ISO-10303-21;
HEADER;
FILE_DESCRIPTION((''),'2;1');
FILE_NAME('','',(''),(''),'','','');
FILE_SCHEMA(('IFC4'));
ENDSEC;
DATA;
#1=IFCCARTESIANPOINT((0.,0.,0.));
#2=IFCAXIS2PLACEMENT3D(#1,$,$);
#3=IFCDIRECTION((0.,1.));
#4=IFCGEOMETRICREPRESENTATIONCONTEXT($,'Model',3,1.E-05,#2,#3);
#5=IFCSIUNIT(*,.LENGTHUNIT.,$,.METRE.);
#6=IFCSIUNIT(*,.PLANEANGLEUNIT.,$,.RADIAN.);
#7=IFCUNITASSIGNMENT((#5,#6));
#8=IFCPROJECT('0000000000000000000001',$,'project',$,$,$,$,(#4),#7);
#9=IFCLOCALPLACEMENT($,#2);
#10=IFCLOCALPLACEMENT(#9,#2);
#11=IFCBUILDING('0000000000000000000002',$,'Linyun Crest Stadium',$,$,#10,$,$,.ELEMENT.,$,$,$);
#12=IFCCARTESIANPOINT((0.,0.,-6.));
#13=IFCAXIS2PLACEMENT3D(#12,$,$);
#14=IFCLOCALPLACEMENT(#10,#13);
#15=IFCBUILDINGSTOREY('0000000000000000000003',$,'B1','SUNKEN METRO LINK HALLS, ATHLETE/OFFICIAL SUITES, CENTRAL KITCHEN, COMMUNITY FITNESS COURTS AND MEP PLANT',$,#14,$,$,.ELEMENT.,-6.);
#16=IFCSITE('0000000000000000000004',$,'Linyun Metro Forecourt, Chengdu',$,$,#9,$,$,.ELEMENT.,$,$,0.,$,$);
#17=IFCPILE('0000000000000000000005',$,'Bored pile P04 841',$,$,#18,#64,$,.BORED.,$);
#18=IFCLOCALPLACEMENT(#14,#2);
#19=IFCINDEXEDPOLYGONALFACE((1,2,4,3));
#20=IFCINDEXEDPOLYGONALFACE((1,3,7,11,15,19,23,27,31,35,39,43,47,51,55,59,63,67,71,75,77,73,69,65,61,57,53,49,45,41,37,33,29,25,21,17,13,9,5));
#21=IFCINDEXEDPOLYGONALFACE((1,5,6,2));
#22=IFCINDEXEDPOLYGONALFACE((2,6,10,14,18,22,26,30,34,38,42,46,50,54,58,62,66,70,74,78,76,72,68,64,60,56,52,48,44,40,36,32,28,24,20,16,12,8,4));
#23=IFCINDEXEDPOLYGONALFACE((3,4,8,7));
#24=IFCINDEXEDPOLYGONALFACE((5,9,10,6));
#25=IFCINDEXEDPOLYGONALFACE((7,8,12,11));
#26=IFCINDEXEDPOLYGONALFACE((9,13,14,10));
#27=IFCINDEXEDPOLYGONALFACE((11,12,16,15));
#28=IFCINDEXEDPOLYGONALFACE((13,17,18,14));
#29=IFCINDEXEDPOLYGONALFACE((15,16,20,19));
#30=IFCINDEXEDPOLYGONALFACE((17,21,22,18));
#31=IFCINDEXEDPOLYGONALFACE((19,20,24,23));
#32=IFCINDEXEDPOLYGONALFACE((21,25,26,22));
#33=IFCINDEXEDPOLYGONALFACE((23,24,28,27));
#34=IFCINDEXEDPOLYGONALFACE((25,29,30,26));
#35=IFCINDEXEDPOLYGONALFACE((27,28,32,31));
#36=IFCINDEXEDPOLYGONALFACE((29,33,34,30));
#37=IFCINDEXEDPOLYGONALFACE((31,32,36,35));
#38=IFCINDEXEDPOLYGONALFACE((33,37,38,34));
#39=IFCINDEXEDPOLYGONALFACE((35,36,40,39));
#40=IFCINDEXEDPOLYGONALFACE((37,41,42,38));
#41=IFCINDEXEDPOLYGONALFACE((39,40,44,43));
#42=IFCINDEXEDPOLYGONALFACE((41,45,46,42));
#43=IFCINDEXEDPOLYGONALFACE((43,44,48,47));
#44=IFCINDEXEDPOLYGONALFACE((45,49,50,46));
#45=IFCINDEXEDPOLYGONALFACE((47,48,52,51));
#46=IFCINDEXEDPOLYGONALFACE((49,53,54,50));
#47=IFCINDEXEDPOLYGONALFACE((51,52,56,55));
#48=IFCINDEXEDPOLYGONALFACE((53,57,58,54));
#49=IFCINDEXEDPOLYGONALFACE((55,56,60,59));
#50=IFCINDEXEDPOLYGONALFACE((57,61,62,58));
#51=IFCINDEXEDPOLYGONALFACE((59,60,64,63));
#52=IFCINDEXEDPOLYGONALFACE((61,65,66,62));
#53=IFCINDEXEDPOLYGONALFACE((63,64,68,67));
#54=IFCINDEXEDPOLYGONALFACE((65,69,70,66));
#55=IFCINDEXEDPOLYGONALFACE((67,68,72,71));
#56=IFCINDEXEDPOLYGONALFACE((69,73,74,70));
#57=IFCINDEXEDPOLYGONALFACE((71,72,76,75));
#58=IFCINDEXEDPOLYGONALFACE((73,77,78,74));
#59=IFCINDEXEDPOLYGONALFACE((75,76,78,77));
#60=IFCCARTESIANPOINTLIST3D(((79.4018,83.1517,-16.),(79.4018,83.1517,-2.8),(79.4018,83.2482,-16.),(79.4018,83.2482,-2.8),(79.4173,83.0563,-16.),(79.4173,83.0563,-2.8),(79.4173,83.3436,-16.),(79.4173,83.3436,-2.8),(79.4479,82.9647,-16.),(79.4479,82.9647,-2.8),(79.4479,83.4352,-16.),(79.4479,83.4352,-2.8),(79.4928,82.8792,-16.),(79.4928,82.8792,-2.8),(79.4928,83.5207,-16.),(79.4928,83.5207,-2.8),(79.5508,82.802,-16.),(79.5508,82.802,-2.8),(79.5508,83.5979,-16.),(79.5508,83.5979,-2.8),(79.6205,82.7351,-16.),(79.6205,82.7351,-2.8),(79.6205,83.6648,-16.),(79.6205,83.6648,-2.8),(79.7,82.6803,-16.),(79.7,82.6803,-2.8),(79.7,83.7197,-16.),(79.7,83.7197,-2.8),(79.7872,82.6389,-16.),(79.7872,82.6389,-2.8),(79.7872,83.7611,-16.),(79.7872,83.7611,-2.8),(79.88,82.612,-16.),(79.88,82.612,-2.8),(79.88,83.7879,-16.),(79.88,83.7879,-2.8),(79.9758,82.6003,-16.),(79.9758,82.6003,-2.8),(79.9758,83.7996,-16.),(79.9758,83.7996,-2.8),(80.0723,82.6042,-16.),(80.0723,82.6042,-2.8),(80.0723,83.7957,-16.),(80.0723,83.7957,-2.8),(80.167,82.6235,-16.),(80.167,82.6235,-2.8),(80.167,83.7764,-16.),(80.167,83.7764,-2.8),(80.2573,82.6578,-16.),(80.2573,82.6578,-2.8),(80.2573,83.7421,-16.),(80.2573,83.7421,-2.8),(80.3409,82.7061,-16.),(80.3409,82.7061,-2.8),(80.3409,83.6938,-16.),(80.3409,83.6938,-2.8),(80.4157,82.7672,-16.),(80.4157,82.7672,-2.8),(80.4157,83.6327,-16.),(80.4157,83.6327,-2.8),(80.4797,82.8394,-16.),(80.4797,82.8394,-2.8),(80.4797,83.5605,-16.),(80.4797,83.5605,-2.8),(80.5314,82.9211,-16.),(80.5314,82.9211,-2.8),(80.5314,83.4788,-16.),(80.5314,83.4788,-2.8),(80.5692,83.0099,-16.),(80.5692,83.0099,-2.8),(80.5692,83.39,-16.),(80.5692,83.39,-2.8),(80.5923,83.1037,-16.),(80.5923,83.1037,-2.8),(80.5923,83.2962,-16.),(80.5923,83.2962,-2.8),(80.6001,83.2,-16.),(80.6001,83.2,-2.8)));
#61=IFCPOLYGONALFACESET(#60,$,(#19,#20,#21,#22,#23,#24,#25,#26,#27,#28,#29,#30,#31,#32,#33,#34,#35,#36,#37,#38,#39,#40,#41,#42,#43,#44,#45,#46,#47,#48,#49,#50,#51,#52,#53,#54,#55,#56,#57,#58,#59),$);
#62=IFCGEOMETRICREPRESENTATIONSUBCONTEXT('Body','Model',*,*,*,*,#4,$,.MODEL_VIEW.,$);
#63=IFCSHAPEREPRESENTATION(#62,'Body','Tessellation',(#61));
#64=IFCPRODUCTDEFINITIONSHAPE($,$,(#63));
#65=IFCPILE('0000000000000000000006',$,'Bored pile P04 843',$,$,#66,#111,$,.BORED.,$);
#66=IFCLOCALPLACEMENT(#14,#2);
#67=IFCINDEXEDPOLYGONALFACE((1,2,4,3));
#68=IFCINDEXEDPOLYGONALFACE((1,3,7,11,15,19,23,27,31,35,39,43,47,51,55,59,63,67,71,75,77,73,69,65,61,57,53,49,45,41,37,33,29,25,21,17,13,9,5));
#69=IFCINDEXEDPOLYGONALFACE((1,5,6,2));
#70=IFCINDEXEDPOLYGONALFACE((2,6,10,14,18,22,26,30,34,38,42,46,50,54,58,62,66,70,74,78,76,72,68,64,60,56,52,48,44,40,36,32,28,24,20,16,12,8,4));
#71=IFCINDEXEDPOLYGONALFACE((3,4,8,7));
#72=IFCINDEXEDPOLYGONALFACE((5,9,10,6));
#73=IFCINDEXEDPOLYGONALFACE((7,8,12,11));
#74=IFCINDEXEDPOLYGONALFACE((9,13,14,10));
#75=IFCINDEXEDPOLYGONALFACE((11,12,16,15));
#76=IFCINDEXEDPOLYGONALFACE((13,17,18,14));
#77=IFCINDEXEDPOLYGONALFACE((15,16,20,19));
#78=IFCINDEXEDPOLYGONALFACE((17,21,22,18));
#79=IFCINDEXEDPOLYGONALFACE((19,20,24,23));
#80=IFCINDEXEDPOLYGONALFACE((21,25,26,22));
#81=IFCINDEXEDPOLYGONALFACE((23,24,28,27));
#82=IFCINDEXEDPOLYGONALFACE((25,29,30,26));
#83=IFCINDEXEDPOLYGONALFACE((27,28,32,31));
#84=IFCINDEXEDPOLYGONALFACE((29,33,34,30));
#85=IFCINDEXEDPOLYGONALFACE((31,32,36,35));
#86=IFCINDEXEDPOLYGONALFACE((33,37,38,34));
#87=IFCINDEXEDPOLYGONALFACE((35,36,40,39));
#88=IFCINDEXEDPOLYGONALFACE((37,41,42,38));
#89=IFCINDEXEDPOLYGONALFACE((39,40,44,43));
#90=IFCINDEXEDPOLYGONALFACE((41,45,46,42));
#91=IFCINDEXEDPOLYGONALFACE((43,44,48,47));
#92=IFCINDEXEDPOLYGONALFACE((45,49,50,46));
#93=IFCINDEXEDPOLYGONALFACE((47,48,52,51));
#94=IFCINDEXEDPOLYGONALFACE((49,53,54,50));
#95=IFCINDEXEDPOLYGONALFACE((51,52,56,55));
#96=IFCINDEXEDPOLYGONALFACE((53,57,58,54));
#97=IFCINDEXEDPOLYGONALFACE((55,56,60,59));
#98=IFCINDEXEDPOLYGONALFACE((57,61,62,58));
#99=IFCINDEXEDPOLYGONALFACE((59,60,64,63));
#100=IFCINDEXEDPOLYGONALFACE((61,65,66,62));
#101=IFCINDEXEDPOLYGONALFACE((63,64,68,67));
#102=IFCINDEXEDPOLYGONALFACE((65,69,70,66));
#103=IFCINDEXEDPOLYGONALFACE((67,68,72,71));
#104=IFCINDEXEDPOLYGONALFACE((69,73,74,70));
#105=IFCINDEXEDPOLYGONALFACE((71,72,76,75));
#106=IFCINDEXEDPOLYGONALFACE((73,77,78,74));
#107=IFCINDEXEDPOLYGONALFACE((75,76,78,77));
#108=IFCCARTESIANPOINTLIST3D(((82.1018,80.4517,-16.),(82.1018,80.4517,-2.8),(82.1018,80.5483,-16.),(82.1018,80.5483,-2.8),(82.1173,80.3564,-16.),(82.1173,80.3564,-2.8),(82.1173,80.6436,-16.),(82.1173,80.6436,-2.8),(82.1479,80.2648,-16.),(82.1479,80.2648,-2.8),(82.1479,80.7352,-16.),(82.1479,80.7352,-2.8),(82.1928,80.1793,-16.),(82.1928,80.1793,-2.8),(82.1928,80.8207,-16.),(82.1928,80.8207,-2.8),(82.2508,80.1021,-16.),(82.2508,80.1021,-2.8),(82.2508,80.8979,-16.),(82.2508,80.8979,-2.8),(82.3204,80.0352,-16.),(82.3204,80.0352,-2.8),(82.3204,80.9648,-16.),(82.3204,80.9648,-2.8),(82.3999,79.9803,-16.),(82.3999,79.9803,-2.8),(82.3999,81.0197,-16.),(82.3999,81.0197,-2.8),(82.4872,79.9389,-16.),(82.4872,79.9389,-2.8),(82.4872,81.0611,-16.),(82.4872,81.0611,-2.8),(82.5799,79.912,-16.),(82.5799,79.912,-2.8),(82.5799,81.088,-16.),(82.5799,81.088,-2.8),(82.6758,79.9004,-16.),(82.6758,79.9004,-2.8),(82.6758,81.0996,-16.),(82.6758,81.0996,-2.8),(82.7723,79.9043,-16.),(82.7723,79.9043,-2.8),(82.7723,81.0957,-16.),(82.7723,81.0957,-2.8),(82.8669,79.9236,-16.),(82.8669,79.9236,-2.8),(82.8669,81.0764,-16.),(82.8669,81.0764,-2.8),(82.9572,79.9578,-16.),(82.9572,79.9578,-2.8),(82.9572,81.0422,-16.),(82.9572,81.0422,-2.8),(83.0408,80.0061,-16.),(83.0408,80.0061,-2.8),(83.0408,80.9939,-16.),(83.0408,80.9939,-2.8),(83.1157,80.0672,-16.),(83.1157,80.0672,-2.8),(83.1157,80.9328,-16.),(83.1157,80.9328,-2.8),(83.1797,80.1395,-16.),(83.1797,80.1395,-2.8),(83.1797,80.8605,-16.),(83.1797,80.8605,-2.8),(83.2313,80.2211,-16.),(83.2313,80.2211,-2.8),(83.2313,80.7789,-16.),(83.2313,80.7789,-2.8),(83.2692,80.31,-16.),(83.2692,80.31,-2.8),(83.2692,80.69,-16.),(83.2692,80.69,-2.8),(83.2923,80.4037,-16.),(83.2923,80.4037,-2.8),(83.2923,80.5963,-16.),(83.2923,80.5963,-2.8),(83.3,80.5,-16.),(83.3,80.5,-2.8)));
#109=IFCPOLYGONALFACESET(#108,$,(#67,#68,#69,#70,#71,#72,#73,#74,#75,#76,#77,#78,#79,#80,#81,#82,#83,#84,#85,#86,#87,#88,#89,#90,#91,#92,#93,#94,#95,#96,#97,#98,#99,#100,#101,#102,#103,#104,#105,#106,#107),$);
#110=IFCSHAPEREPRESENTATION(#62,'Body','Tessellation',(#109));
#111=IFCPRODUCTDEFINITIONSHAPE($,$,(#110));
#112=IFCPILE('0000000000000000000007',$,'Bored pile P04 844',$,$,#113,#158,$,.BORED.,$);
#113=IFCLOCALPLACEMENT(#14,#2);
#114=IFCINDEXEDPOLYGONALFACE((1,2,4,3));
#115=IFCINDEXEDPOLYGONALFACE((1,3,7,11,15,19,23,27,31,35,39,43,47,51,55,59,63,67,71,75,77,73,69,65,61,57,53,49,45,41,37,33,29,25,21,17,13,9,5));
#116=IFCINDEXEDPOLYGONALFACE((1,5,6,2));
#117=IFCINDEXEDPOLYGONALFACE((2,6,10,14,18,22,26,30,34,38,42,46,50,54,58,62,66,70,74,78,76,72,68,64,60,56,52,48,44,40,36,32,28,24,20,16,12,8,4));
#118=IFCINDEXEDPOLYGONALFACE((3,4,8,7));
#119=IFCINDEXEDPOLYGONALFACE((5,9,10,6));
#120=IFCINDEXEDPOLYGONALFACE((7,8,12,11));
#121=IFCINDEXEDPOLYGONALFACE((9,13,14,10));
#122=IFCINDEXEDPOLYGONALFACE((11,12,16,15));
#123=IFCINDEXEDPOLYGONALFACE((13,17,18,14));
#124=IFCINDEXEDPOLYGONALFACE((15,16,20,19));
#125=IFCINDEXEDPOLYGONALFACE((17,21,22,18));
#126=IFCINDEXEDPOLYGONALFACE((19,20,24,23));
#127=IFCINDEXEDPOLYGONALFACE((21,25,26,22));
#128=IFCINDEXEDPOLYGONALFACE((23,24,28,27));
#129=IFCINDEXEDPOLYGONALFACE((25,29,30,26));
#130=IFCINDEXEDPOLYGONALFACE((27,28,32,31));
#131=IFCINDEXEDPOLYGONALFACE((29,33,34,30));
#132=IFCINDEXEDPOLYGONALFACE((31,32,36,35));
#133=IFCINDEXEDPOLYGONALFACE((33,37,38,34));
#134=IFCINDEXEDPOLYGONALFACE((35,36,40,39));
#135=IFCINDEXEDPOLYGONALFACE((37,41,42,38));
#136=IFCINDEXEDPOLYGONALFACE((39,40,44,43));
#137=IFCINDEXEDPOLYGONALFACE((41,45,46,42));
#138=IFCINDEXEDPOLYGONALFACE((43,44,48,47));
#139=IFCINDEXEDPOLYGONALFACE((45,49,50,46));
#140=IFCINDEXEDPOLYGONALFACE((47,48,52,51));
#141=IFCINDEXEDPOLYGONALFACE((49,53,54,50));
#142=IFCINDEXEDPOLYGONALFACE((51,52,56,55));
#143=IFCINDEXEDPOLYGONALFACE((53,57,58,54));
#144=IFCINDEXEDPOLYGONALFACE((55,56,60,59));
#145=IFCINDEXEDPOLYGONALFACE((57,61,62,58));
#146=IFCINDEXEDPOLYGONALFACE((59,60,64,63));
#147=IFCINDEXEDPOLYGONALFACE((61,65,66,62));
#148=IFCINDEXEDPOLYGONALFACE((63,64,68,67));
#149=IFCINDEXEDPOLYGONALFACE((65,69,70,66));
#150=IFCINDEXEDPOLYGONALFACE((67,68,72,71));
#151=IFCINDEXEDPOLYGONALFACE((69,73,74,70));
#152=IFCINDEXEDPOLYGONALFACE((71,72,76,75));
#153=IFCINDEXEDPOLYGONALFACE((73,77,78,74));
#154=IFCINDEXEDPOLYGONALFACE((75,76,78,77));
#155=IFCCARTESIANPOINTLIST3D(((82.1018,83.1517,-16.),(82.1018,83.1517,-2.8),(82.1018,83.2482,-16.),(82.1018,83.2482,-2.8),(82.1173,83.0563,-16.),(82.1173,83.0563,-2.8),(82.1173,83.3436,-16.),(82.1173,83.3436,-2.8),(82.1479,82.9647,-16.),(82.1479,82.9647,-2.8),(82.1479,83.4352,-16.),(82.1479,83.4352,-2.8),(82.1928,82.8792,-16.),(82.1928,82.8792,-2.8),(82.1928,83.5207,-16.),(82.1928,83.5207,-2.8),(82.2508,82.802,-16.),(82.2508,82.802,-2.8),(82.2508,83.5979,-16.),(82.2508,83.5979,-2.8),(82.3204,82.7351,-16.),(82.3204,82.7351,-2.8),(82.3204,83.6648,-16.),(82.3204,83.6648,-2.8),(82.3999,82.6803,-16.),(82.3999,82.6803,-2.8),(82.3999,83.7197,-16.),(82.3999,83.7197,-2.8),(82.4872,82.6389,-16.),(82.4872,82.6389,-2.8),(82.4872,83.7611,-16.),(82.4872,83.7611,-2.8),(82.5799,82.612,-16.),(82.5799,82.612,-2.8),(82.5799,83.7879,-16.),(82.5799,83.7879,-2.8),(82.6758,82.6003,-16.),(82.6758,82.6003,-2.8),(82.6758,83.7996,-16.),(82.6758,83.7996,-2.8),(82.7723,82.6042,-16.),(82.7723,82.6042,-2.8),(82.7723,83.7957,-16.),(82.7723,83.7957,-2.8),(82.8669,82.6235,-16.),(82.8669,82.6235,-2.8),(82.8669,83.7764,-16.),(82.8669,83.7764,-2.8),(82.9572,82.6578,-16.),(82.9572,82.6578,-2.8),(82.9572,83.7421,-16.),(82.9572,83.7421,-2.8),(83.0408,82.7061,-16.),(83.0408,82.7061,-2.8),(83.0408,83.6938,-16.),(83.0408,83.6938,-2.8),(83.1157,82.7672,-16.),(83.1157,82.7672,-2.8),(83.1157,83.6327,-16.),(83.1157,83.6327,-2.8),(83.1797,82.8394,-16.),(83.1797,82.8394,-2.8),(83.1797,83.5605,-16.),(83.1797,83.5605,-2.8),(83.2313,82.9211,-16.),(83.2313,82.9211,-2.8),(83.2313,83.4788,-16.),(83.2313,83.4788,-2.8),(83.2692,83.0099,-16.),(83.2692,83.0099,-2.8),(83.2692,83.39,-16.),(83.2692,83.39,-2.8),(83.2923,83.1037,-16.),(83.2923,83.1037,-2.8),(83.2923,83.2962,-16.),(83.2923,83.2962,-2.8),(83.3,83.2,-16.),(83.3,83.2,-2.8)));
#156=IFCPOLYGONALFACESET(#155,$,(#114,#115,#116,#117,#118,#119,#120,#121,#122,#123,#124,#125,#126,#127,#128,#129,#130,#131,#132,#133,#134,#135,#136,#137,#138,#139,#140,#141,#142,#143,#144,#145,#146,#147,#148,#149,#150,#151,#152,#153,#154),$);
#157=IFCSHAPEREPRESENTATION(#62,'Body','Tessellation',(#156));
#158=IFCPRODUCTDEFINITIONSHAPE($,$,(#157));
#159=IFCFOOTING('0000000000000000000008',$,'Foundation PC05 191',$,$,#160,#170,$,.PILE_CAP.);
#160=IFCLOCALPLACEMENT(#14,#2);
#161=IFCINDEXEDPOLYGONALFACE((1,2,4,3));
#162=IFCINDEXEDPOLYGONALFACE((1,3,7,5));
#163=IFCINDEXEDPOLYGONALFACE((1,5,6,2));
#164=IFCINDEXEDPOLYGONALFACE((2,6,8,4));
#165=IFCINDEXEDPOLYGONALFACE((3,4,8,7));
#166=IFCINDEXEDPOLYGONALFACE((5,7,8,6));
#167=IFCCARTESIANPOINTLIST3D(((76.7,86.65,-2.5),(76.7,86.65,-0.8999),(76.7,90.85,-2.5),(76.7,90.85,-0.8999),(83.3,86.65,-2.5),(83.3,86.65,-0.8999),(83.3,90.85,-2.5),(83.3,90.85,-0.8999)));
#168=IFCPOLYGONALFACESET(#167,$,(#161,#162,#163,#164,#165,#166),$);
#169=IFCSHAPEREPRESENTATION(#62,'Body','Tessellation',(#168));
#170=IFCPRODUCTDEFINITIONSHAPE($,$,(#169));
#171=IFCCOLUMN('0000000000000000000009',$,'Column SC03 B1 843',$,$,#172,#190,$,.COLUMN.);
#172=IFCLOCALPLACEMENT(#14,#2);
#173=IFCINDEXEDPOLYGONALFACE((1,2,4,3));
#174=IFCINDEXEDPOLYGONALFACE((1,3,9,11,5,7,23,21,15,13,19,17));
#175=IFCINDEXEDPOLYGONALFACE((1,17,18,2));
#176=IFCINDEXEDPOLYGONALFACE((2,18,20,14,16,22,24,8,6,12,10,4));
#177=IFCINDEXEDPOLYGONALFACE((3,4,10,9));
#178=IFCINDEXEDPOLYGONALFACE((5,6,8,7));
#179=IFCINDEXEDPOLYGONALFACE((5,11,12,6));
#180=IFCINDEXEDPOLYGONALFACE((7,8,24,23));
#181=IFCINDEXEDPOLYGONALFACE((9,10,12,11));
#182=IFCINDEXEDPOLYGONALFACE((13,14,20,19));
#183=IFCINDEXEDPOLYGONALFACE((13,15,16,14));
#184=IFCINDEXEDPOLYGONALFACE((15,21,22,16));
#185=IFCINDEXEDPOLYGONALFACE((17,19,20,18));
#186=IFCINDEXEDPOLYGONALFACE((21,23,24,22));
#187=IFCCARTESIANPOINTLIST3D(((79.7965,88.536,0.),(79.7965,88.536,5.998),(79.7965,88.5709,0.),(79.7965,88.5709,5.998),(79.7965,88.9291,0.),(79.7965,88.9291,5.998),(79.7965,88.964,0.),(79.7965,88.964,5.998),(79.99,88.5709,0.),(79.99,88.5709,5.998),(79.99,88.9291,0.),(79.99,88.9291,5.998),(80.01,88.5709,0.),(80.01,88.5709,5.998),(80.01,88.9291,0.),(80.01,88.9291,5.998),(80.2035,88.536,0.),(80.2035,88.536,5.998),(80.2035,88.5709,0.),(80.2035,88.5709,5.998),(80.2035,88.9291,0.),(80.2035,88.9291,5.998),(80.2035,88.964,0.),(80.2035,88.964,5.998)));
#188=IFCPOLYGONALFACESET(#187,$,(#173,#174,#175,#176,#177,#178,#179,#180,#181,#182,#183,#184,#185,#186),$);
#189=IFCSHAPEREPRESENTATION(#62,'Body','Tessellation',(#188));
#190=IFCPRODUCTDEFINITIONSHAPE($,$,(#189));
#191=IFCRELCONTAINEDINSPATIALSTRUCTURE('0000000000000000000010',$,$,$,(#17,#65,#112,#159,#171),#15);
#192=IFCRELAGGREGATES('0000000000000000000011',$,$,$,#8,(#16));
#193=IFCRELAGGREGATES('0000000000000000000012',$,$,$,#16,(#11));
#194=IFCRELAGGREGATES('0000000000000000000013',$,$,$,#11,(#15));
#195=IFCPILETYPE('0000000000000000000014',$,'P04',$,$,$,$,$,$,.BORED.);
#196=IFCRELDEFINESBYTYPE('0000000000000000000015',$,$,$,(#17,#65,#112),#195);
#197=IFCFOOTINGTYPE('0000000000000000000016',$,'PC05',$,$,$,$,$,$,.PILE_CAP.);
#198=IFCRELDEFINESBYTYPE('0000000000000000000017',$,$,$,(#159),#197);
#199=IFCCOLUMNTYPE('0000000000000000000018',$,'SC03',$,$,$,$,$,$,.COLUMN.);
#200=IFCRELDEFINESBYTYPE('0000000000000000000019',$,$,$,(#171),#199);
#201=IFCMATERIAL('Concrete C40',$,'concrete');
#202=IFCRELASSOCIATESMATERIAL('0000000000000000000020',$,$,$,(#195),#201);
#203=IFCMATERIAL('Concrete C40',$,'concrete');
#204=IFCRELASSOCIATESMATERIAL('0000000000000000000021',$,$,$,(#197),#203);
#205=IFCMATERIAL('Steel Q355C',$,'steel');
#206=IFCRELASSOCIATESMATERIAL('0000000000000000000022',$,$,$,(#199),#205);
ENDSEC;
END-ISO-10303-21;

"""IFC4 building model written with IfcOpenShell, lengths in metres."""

from ifc_helpers import new_model, si_unit, direction, frame, origin, origin_2d, place, context, subcontext, project, spatial, rectangle, circle, i_section, extrude, material, material_profile, profile_set, type_object, element, save


model = new_model("IFC4")

# Units and contexts
model_context = context("Model", 3, precision=1e-05, world=origin(), true_north=direction((0.0, 1.0)))
body_context = subcontext(model_context, "Body", "Model", "MODEL_VIEW")
ifc_project = project(units=[si_unit("LENGTHUNIT", "METRE"), si_unit("PLANEANGLEUNIT", "RADIAN")], contexts=[model_context])

# Site, building, storey
site_placement = place(None, origin())
site = spatial("IfcSite", under=ifc_project, at=site_placement, Name="Linyun Metro Forecourt, Chengdu", CompositionType="ELEMENT", RefElevation=0.0)
building_placement = place(site_placement, origin())
building = spatial("IfcBuilding", under=site, at=building_placement, Name="Linyun Crest Stadium", CompositionType="ELEMENT")
storey_placement = place(building_placement, frame((0.0, 0.0, -6.0)))
storey = spatial("IfcBuildingStorey", under=building, at=storey_placement, Name="B1", Description="SUNKEN METRO LINK HALLS, ATHLETE/OFFICIAL SUITES, CENTRAL KITCHEN, COMMUNITY FITNESS COURTS AND MEP PLANT", CompositionType="ELEMENT", Elevation=-6.0)

# Piles
ifc_material_1 = material(Name="Concrete C40", Category="concrete")
ifc_material_profile_1 = material_profile(ifc_material_1, circle(Radius=0.6001, at=origin_2d()), Name="BORED PILE 1200")
ifc_profile_set_1 = profile_set([ifc_material_profile_1], Name="Concrete C40")
pile_type_1 = type_object("IfcPileType", Name="P04", PredefinedType="BORED", material=ifc_profile_set_1)
for number, where, z_axis, x_axis, name in (
    (1, (80.0, 83.2, -2.8), (0.0, 0.0, -1.0), (1.0, 0.0, 0.0), "Bored pile P04 841"),
    (2, (82.7, 80.5, -2.8), (0.0, 0.0, -1.0), (1.0, 0.0, 0.0), "Bored pile P04 843"),
    (3, (82.7, 83.2, -2.8), (0.0, 0.0, -1.0), (1.0, 0.0, 0.0), "Bored pile P04 844"),
):
    element("IfcPile", number, at=place(storey_placement, frame(where, z_axis=z_axis, x_axis=x_axis)), inside=storey, type_object=pile_type_1, Name=name, PredefinedType="BORED", context=body_context, shape_type="SweptSolid", body=[
        extrude(circle(Radius=0.6001, at=origin_2d()), origin(), (0.0, 0.0, 1.0), 13.2),
    ])

# Footing
ifc_material_2 = material(Name="Concrete C40", Category="concrete")
footing_type = type_object("IfcFootingType", Name="PC05", PredefinedType="PILE_CAP", material=ifc_material_2)
footing_placement = place(storey_placement, frame((80.0, 88.75, -2.5), z_axis=(0.0, 0.0, 1.0), x_axis=(1.0, 0.0, 0.0)))
element("IfcFooting", 4, at=footing_placement, inside=storey, type_object=footing_type, Name="Foundation PC05 191", PredefinedType="PILE_CAP", context=body_context, shape_type="SweptSolid", body=[
    extrude(rectangle(XDim=6.6001, YDim=4.2, at=origin_2d()), origin(), (0.0, 0.0, 1.0), 1.6001),
])

# Column
ifc_material_3 = material(Name="Steel Q355C", Category="steel")
ifc_material_profile_2 = material_profile(ifc_material_3, i_section(OverallWidth=0.407, OverallDepth=0.428, WebThickness=0.02, FlangeThickness=0.0349, at=origin_2d()), Name="HW 428x407")
ifc_profile_set_2 = profile_set([ifc_material_profile_2], Name="Steel Q355C")
column_type_1 = type_object("IfcColumnType", Name="SC03", PredefinedType="COLUMN", material=ifc_profile_set_2)
column_1_placement = place(storey_placement, frame((80.0, 88.75, 0.0), z_axis=(0.0, 0.0, 1.0), x_axis=(1.0, 0.0, 0.0)))
element("IfcColumn", 5, at=column_1_placement, inside=storey, type_object=column_type_1, Name="Column SC03 B1 843", PredefinedType="COLUMN", context=body_context, shape_type="SweptSolid", body=[
    extrude(i_section(OverallWidth=0.407, OverallDepth=0.428, WebThickness=0.02, FlangeThickness=0.0349, at=origin_2d()), origin(), (0.0, 0.0, 1.0), 5.998),
])

save(model, "model.ifc")
